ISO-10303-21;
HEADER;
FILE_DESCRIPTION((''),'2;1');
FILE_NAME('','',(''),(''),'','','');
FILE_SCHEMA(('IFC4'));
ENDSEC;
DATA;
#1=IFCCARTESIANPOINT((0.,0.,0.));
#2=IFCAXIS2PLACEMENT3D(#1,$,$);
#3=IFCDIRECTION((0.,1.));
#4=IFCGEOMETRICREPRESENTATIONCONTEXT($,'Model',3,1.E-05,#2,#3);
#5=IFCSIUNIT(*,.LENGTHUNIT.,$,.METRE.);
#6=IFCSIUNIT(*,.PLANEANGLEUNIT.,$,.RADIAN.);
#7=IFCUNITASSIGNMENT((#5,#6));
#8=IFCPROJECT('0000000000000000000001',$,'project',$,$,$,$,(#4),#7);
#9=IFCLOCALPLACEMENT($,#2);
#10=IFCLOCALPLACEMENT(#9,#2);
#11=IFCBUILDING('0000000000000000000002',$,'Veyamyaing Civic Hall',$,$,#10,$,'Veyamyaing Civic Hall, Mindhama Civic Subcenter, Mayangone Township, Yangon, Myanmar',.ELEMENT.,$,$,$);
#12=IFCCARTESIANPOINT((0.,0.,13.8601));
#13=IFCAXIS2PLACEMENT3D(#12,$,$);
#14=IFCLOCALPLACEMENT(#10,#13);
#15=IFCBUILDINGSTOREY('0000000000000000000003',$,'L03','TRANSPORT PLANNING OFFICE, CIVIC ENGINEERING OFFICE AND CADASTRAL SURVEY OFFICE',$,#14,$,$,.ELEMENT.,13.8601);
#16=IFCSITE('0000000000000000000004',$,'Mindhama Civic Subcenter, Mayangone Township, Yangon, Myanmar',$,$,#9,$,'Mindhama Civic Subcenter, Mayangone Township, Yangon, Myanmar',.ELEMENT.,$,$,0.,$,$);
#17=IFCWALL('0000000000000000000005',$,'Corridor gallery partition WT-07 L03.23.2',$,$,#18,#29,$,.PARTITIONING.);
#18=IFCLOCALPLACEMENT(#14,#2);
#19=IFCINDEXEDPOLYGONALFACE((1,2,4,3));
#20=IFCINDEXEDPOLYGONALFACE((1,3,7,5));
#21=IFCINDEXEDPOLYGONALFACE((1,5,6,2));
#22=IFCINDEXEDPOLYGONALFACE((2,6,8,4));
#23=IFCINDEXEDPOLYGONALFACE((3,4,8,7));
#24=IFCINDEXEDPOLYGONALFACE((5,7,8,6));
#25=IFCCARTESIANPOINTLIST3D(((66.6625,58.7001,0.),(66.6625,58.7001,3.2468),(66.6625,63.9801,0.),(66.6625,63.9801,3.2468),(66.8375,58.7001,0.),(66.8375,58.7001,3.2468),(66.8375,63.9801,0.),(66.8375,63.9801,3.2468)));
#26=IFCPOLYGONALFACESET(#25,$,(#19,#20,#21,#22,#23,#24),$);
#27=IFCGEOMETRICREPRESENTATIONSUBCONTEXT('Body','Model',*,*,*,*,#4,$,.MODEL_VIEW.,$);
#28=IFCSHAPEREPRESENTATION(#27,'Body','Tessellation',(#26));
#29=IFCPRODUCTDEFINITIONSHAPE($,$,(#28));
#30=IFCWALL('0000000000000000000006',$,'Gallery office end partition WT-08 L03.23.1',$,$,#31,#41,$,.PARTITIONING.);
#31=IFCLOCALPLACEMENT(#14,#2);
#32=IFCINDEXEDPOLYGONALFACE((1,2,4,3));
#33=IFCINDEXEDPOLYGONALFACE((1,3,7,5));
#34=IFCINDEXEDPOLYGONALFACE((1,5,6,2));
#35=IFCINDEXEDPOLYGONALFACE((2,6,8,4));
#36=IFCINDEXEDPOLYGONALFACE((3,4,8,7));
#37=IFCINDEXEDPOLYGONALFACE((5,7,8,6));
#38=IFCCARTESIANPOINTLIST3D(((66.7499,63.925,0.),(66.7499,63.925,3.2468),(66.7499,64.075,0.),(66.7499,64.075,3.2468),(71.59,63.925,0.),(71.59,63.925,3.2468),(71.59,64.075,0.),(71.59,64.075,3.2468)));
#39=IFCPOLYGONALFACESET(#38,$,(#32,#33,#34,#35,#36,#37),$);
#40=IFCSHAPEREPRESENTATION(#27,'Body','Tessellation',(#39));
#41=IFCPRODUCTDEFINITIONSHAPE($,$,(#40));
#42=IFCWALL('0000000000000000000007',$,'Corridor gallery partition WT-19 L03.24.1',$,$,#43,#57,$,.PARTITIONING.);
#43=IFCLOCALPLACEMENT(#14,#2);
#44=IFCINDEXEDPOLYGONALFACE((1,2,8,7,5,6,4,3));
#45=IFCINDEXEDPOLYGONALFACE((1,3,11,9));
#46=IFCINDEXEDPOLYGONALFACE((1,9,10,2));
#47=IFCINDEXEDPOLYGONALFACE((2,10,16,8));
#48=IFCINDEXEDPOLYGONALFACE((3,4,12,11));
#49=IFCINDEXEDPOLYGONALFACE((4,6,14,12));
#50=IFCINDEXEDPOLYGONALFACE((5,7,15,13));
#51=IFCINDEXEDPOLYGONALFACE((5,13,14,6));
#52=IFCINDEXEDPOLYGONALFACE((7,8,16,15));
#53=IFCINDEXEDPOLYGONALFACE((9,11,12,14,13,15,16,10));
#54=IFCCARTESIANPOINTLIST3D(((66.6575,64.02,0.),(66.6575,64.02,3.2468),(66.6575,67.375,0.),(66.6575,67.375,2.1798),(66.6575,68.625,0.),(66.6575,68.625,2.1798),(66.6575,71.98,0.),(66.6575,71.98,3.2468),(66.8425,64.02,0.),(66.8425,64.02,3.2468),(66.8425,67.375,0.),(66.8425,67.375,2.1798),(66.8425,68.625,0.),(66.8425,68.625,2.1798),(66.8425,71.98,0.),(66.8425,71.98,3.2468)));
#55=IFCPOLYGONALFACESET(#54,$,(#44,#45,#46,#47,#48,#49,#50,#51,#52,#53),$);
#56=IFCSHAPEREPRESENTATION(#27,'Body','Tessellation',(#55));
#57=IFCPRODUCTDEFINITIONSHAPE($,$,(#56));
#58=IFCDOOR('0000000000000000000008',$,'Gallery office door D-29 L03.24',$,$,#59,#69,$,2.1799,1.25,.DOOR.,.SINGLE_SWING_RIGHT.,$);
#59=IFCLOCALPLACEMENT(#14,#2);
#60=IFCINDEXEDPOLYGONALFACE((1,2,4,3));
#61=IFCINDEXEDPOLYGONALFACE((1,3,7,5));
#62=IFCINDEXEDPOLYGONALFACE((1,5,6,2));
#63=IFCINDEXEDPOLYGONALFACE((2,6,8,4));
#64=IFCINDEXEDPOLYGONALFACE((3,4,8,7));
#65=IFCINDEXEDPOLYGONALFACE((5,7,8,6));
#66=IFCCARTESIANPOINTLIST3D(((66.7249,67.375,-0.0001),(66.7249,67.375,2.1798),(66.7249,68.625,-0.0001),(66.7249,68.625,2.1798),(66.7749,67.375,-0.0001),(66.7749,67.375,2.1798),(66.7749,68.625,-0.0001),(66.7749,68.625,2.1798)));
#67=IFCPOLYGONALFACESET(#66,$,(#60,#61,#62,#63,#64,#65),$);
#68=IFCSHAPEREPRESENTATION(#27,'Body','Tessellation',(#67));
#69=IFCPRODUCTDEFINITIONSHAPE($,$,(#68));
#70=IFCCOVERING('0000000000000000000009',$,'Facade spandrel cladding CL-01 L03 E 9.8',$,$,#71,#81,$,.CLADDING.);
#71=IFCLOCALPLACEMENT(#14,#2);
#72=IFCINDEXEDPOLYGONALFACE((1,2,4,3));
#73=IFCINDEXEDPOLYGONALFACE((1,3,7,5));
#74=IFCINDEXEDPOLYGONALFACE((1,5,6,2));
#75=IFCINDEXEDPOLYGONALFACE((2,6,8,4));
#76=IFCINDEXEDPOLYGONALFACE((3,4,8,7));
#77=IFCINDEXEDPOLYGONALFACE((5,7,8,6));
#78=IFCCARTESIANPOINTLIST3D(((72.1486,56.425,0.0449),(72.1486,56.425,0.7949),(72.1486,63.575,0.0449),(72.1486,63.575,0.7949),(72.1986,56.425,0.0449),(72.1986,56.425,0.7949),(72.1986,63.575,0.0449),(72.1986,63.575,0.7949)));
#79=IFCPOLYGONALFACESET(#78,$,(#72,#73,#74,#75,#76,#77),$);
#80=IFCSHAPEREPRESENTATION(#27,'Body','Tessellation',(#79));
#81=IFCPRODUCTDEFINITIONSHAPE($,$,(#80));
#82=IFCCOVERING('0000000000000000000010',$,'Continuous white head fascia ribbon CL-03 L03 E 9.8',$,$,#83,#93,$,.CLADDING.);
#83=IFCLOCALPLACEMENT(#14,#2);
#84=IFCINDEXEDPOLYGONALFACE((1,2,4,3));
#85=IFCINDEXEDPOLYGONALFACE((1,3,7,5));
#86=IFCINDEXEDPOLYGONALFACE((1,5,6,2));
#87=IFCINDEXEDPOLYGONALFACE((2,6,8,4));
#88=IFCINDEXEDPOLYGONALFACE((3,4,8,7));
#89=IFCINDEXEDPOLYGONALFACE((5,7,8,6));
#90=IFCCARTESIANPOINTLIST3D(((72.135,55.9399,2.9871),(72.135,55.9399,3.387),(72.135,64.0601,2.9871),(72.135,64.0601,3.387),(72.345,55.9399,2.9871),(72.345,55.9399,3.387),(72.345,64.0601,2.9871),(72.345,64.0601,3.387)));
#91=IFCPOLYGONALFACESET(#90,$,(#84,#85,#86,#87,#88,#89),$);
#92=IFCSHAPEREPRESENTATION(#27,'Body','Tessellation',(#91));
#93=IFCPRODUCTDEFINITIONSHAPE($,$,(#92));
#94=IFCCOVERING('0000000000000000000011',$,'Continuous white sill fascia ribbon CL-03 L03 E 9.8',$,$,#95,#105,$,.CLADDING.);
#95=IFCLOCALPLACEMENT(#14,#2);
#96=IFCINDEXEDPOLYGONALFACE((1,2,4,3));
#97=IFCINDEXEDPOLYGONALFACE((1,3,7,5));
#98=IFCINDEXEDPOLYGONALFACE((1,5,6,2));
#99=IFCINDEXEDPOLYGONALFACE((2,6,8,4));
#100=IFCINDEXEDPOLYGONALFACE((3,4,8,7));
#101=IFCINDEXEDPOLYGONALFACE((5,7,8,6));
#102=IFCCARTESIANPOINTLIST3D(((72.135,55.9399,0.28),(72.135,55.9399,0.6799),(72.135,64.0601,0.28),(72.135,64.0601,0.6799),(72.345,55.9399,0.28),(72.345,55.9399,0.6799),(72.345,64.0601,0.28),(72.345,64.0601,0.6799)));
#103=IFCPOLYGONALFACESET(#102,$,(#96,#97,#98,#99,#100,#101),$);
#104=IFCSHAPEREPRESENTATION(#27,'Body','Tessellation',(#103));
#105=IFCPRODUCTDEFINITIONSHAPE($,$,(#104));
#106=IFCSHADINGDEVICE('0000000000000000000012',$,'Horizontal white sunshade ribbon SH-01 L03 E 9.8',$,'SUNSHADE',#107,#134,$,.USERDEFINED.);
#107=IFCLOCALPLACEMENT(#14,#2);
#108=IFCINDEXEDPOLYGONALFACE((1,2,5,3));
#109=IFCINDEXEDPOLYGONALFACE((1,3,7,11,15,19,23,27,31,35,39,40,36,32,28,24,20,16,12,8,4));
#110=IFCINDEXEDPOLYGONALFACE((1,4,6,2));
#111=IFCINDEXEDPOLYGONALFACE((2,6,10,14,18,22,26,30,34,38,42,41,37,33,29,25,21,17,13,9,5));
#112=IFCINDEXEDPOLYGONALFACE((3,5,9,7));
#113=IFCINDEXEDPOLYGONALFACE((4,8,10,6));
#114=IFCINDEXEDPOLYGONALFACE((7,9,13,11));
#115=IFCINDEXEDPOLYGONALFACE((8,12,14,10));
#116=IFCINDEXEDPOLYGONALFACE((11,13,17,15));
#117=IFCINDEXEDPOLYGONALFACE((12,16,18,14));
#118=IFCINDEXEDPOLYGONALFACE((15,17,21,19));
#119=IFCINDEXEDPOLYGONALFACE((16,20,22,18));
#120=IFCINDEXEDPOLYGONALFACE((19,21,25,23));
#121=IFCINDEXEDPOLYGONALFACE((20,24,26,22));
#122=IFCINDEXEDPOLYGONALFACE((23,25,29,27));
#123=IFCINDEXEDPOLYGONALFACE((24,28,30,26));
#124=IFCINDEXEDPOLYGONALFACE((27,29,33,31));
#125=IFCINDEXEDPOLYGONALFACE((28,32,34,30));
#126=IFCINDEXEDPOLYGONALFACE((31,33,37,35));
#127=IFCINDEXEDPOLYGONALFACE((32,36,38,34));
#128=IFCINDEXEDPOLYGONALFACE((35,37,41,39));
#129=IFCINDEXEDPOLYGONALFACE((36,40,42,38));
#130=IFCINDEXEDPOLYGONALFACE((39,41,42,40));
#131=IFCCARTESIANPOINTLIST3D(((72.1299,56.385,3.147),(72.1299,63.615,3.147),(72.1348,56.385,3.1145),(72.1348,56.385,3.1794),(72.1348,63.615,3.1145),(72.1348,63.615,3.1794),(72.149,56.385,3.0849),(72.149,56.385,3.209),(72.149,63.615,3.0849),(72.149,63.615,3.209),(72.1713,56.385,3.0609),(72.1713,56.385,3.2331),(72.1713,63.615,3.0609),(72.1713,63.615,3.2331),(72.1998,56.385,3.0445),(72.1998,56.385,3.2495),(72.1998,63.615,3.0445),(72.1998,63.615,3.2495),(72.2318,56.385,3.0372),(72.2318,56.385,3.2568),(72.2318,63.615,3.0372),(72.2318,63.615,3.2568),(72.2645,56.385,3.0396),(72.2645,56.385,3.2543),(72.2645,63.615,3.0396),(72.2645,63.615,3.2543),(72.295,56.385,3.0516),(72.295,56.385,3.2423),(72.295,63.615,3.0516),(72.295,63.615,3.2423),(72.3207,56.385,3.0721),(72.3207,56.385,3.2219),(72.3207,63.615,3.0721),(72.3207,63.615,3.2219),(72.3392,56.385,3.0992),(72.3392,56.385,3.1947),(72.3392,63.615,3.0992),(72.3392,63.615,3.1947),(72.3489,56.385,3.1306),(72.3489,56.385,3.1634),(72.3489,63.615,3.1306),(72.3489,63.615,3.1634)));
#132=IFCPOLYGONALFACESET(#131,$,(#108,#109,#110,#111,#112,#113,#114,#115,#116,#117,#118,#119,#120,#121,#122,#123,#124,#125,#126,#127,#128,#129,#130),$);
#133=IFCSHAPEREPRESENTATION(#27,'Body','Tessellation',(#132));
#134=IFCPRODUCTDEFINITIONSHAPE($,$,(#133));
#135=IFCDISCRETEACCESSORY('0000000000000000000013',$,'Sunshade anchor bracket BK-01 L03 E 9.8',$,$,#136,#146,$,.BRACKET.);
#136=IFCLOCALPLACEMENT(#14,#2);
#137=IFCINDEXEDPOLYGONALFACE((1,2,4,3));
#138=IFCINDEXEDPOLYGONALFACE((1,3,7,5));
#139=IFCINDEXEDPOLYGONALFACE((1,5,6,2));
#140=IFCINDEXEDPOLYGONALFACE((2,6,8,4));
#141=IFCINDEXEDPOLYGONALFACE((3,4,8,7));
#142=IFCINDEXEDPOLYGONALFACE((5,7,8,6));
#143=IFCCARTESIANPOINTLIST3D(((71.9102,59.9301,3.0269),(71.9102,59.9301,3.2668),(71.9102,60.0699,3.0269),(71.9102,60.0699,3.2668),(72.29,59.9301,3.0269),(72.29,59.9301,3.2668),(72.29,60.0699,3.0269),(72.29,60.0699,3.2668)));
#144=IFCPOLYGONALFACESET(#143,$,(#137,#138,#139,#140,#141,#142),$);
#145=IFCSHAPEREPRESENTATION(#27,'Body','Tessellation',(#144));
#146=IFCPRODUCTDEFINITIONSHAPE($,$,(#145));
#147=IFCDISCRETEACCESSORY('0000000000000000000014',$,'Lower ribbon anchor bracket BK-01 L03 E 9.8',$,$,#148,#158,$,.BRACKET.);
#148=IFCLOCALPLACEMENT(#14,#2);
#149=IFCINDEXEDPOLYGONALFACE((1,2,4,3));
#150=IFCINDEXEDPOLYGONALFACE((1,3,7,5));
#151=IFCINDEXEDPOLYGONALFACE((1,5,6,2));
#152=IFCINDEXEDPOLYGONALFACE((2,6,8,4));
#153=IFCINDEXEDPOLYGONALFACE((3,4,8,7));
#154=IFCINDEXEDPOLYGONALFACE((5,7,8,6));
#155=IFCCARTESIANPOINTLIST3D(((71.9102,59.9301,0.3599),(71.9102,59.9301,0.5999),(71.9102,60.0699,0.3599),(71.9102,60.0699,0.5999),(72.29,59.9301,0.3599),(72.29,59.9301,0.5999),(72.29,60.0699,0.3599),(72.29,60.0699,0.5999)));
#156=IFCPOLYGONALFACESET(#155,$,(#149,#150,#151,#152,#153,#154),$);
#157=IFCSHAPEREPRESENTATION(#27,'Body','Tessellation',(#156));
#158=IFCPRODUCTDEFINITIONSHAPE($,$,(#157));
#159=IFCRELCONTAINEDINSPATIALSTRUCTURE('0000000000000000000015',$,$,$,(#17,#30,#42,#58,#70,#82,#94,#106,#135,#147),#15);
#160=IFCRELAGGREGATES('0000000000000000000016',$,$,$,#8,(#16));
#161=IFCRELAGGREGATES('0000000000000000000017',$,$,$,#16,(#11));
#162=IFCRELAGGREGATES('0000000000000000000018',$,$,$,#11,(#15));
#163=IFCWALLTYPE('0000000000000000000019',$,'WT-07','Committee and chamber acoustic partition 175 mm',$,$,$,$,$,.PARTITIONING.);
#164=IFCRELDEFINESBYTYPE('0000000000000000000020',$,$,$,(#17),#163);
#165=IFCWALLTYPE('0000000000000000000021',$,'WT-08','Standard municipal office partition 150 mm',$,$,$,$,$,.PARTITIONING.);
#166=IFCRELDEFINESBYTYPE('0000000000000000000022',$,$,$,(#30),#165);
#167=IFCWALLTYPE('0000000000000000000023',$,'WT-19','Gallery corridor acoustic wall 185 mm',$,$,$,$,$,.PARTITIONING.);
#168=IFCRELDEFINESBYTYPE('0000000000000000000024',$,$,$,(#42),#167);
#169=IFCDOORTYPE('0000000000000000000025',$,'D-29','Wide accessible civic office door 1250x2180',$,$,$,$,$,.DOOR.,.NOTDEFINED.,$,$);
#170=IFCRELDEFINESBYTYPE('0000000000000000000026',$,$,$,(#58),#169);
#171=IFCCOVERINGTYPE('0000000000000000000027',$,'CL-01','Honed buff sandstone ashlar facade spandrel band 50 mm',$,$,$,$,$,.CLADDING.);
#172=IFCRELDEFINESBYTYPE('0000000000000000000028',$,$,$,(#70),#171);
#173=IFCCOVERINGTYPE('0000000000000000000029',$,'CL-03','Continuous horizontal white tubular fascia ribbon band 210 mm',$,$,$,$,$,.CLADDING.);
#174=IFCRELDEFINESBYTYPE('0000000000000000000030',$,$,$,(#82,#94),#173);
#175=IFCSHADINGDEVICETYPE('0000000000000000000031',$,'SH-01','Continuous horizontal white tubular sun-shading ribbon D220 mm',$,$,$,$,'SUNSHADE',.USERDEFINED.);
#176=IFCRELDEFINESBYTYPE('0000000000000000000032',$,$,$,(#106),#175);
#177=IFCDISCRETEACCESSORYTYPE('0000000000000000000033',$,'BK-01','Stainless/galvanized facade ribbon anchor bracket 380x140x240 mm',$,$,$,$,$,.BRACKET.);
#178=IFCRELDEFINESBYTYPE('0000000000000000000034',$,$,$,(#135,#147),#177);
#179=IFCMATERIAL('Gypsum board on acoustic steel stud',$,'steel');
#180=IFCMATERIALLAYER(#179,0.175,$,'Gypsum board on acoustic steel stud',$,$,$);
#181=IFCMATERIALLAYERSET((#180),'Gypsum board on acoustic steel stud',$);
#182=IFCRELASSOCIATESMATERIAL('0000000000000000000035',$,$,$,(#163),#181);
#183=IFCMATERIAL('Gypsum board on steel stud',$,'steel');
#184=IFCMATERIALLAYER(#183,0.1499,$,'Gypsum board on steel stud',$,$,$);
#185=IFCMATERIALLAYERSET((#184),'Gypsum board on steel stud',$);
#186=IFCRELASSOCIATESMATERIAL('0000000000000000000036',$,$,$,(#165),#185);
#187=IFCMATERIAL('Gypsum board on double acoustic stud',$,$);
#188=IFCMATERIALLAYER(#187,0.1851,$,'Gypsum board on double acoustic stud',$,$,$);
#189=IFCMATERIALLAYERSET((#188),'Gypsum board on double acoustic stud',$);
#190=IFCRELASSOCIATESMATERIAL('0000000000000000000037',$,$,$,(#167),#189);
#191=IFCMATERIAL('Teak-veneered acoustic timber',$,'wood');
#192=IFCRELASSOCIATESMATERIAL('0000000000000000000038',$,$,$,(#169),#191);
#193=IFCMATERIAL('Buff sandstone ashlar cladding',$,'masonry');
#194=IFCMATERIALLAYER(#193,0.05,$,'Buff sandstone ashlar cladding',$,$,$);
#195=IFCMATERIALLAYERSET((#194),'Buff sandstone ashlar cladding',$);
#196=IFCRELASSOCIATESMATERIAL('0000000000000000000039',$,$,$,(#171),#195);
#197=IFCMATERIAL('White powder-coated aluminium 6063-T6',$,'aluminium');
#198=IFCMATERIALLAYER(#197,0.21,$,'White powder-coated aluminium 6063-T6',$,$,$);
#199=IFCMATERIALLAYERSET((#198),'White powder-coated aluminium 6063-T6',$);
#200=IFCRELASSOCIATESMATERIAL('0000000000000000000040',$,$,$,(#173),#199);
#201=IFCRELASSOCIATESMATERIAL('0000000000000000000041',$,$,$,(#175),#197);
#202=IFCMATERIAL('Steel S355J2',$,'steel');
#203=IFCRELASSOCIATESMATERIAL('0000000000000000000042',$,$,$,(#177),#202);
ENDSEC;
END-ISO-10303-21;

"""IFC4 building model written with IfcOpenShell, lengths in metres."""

from ifc_helpers import new_model, si_unit, direction, frame, frame_2d, origin, origin_2d, place, context, subcontext, project, spatial, rectangle, circle, extrude, material, layer, layer_set, material_profile, profile_set, type_object, element, fill, save


model = new_model("IFC4")

# Units and contexts
model_context = context("Model", 3, precision=1e-05, world=origin(), true_north=direction((0.0, 1.0)))
body_context = subcontext(model_context, "Body", "Model", "MODEL_VIEW")
ifc_project = project(units=[si_unit("LENGTHUNIT", "METRE"), si_unit("PLANEANGLEUNIT", "RADIAN")], contexts=[model_context])

# Site, building, storey
site_placement = place(None, origin())
site = spatial("IfcSite", under=ifc_project, at=site_placement, Name="Mindhama Civic Subcenter, Mayangone Township, Yangon, Myanmar", LongName="Mindhama Civic Subcenter, Mayangone Township, Yangon, Myanmar", CompositionType="ELEMENT", RefElevation=0.0)
building_placement = place(site_placement, origin())
building = spatial("IfcBuilding", under=site, at=building_placement, Name="Veyamyaing Civic Hall", LongName="Veyamyaing Civic Hall, Mindhama Civic Subcenter, Mayangone Township, Yangon, Myanmar", CompositionType="ELEMENT")
storey_placement = place(building_placement, frame((0.0, 0.0, 13.8601)))
storey = spatial("IfcBuildingStorey", under=building, at=storey_placement, Name="L03", Description="TRANSPORT PLANNING OFFICE, CIVIC ENGINEERING OFFICE AND CADASTRAL SURVEY OFFICE", CompositionType="ELEMENT", Elevation=13.8601)

# Shared definitions
ifc_material_1 = material(Name="Gypsum board on acoustic steel stud", Category="steel")
ifc_layer_1 = layer(ifc_material_1, 0.175, Name="Gypsum board on acoustic steel stud")
ifc_layer_set_1 = layer_set([ifc_layer_1], Name="Gypsum board on acoustic steel stud")
wall_type_1 = type_object("IfcWallType", Name="WT-07", Description="Committee and chamber acoustic partition 175 mm", PredefinedType="PARTITIONING", material=ifc_layer_set_1)
ifc_material_2 = material(Name="Teak-veneered acoustic timber", Category="wood")

# Walls
wall_1_placement = place(storey_placement, frame((66.75, 58.7, 0.0), z_axis=(0.0, 0.0, 1.0), x_axis=(0.0, 1.0, 0.0)))
element("IfcWall", 1, at=wall_1_placement, inside=storey, type_object=wall_type_1, Name="Corridor gallery partition WT-07 L03.23.2", PredefinedType="PARTITIONING", context=body_context, shape_type="SweptSolid", body=[
    extrude(rectangle(XDim=5.28, YDim=0.175, at=frame_2d((2.6401, 0.0))), origin(), (0.0, 0.0, 1.0), 3.2468),
])
ifc_material_3 = material(Name="Gypsum board on steel stud", Category="steel")
ifc_layer_2 = layer(ifc_material_3, 0.1499, Name="Gypsum board on steel stud")
ifc_layer_set_2 = layer_set([ifc_layer_2], Name="Gypsum board on steel stud")
wall_type_2 = type_object("IfcWallType", Name="WT-08", Description="Standard municipal office partition 150 mm", PredefinedType="PARTITIONING", material=ifc_layer_set_2)
wall_2_placement = place(storey_placement, frame((66.75, 64.0, 0.0), z_axis=(0.0, 0.0, 1.0), x_axis=(1.0, 0.0, 0.0)))
element("IfcWall", 2, at=wall_2_placement, inside=storey, type_object=wall_type_2, Name="Gallery office end partition WT-08 L03.23.1", PredefinedType="PARTITIONING", context=body_context, shape_type="SweptSolid", body=[
    extrude(rectangle(XDim=4.8401, YDim=0.1499, at=frame_2d((2.4199, 0.0))), origin(), (0.0, 0.0, 1.0), 3.2468),
])

# Wall, opening, door
ifc_material_4 = material(Name="Gypsum board on double acoustic stud")
ifc_layer_3 = layer(ifc_material_4, 0.1851, Name="Gypsum board on double acoustic stud")
ifc_layer_set_3 = layer_set([ifc_layer_3], Name="Gypsum board on double acoustic stud")
wall_type_3 = type_object("IfcWallType", Name="WT-19", Description="Gallery corridor acoustic wall 185 mm", PredefinedType="PARTITIONING", material=ifc_layer_set_3)
wall_3_placement = place(storey_placement, frame((66.75, 64.02, 0.0), z_axis=(0.0, 0.0, 1.0), x_axis=(0.0, 1.0, 0.0)))
wall_3 = element("IfcWall", 3, at=wall_3_placement, inside=storey, type_object=wall_type_3, Name="Corridor gallery partition WT-19 L03.24.1", PredefinedType="PARTITIONING", context=body_context, shape_type="SweptSolid", body=[
    extrude(rectangle(XDim=7.96, YDim=0.1851, at=frame_2d((3.98, 0.0))), origin(), (0.0, 0.0, 1.0), 3.2468),
])
opening_1_placement = place(wall_3_placement, frame((3.355, 0.0, 0.0)))
opening_1 = element("IfcOpeningElement", 4, at=opening_1_placement, cuts=wall_3, PredefinedType="OPENING", context=body_context, shape_type="SweptSolid", body=[
    extrude(rectangle(XDim=1.25, YDim=2.1799, at=frame_2d((0.625, 1.0898))), frame((0.0, 0.1025, 0.0), z_axis=(0.0, -1.0, 0.0), x_axis=(1.0, 0.0, 0.0)), (0.0, 0.0, 1.0), 0.2051),
])
door_type_1 = type_object("IfcDoorType", Name="D-29", Description="Wide accessible civic office door 1250x2180", OperationType="NOTDEFINED", PredefinedType="DOOR", material=ifc_material_2)
door_1_placement = place(opening_1_placement, frame((1.25, 0.0, 0.0), z_axis=(0.0, 0.0, 1.0), x_axis=(-1.0, 0.0, 0.0)))
door_1 = element("IfcDoor", 5, at=door_1_placement, inside=storey, type_object=door_type_1, Name="Gallery office door D-29 L03.24", OperationType="SINGLE_SWING_RIGHT", OverallHeight=2.1799, OverallWidth=1.25, PredefinedType="DOOR", context=body_context, shape_type="SweptSolid", body=[
    extrude(rectangle(XDim=1.25, YDim=2.1799, at=frame_2d((0.625, 1.0898))), frame((0.0, 0.0249, 0.0), z_axis=(0.0, -1.0, 0.0), x_axis=(1.0, 0.0, 0.0)), (0.0, 0.0, 1.0), 0.05),
])
fill(opening_1, door_1)

# Coverings
ifc_material_5 = material(Name="Buff sandstone ashlar cladding", Category="masonry")
ifc_layer_4 = layer(ifc_material_5, 0.05, Name="Buff sandstone ashlar cladding")
ifc_layer_set_4 = layer_set([ifc_layer_4], Name="Buff sandstone ashlar cladding")
covering_type_1 = type_object("IfcCoveringType", Name="CL-01", Description="Honed buff sandstone ashlar facade spandrel band 50 mm", PredefinedType="CLADDING", material=ifc_layer_set_4)
covering_placement = place(storey_placement, frame((72.1736, 60.0, 0.0449), z_axis=(0.0, 0.0, 1.0), x_axis=(0.0, 1.0, 0.0)))
element("IfcCovering", 6, at=covering_placement, inside=storey, type_object=covering_type_1, Name="Facade spandrel cladding CL-01 L03 E 9.8", PredefinedType="CLADDING", context=body_context, shape_type="SweptSolid", body=[
    extrude(rectangle(XDim=7.1499, YDim=0.05, at=origin_2d()), origin(), (0.0, 0.0, 1.0), 0.75),
])
ifc_material_6 = material(Name="White powder-coated aluminium 6063-T6", Category="aluminium")
ifc_layer_5 = layer(ifc_material_6, 0.21, Name="White powder-coated aluminium 6063-T6")
ifc_layer_set_5 = layer_set([ifc_layer_5], Name="White powder-coated aluminium 6063-T6")
covering_type_2 = type_object("IfcCoveringType", Name="CL-03", Description="Continuous horizontal white tubular fascia ribbon band 210 mm", PredefinedType="CLADDING", material=ifc_layer_set_5)
for number, where, z_axis, x_axis, name in (
    (7, (72.24, 60.0, 2.9871), (0.0, 0.0, 1.0), (0.0, 1.0, 0.0), "Continuous white head fascia ribbon CL-03 L03 E 9.8"),
    (8, (72.24, 60.0, 0.28), (0.0, 0.0, 1.0), (0.0, 1.0, 0.0), "Continuous white sill fascia ribbon CL-03 L03 E 9.8"),
):
    element("IfcCovering", number, at=place(storey_placement, frame(where, z_axis=z_axis, x_axis=x_axis)), inside=storey, type_object=covering_type_2, Name=name, PredefinedType="CLADDING", context=body_context, shape_type="SweptSolid", body=[
        extrude(rectangle(XDim=8.1201, YDim=0.21, at=origin_2d()), origin(), (0.0, 0.0, 1.0), 0.3999),
    ])

# Shading device
ifc_material_profile_1 = material_profile(ifc_material_6, circle(Radius=0.1101, at=origin_2d()), Name="SHADE-TUBE-220")
ifc_profile_set_1 = profile_set([ifc_material_profile_1], Name="White powder-coated aluminium 6063-T6")
shading_device_type = type_object("IfcShadingDeviceType", Name="SH-01", Description="Continuous horizontal white tubular sun-shading ribbon D220 mm", ElementType="SUNSHADE", PredefinedType="USERDEFINED", material=ifc_profile_set_1)
shading_device_placement = place(storey_placement, frame((72.24, 56.385, 3.147), z_axis=(0.0, 1.0, 0.0), x_axis=(-1.0, 0.0, 0.0)))
element("IfcShadingDevice", 9, at=shading_device_placement, inside=storey, type_object=shading_device_type, Name="Horizontal white sunshade ribbon SH-01 L03 E 9.8", ObjectType="SUNSHADE", PredefinedType="USERDEFINED", context=body_context, shape_type="SweptSolid", body=[
    extrude(circle(Radius=0.1101, at=origin_2d()), origin(), (0.0, 0.0, 1.0), 7.23),
])

# Discrete accessories
ifc_material_7 = material(Name="Steel S355J2", Category="steel")
discrete_accessory_type = type_object("IfcDiscreteAccessoryType", Name="BK-01", Description="Stainless/galvanized facade ribbon anchor bracket 380x140x240 mm", PredefinedType="BRACKET", material=ifc_material_7)
for number, where, z_axis, x_axis, name in (
    (10, (72.1001, 60.0, 3.0269), (0.0, 0.0, 1.0), (1.0, 0.0, 0.0), "Sunshade anchor bracket BK-01 L03 E 9.8"),
    (11, (72.1001, 60.0, 0.3599), (0.0, 0.0, 1.0), (1.0, 0.0, 0.0), "Lower ribbon anchor bracket BK-01 L03 E 9.8"),
):
    element("IfcDiscreteAccessory", number, at=place(storey_placement, frame(where, z_axis=z_axis, x_axis=x_axis)), inside=storey, type_object=discrete_accessory_type, Name=name, PredefinedType="BRACKET", context=body_context, shape_type="SweptSolid", body=[
        extrude(rectangle(XDim=0.3799, YDim=0.1399, at=origin_2d()), origin(), (0.0, 0.0, 1.0), 0.24),
    ])

save(model, "model.ifc")
